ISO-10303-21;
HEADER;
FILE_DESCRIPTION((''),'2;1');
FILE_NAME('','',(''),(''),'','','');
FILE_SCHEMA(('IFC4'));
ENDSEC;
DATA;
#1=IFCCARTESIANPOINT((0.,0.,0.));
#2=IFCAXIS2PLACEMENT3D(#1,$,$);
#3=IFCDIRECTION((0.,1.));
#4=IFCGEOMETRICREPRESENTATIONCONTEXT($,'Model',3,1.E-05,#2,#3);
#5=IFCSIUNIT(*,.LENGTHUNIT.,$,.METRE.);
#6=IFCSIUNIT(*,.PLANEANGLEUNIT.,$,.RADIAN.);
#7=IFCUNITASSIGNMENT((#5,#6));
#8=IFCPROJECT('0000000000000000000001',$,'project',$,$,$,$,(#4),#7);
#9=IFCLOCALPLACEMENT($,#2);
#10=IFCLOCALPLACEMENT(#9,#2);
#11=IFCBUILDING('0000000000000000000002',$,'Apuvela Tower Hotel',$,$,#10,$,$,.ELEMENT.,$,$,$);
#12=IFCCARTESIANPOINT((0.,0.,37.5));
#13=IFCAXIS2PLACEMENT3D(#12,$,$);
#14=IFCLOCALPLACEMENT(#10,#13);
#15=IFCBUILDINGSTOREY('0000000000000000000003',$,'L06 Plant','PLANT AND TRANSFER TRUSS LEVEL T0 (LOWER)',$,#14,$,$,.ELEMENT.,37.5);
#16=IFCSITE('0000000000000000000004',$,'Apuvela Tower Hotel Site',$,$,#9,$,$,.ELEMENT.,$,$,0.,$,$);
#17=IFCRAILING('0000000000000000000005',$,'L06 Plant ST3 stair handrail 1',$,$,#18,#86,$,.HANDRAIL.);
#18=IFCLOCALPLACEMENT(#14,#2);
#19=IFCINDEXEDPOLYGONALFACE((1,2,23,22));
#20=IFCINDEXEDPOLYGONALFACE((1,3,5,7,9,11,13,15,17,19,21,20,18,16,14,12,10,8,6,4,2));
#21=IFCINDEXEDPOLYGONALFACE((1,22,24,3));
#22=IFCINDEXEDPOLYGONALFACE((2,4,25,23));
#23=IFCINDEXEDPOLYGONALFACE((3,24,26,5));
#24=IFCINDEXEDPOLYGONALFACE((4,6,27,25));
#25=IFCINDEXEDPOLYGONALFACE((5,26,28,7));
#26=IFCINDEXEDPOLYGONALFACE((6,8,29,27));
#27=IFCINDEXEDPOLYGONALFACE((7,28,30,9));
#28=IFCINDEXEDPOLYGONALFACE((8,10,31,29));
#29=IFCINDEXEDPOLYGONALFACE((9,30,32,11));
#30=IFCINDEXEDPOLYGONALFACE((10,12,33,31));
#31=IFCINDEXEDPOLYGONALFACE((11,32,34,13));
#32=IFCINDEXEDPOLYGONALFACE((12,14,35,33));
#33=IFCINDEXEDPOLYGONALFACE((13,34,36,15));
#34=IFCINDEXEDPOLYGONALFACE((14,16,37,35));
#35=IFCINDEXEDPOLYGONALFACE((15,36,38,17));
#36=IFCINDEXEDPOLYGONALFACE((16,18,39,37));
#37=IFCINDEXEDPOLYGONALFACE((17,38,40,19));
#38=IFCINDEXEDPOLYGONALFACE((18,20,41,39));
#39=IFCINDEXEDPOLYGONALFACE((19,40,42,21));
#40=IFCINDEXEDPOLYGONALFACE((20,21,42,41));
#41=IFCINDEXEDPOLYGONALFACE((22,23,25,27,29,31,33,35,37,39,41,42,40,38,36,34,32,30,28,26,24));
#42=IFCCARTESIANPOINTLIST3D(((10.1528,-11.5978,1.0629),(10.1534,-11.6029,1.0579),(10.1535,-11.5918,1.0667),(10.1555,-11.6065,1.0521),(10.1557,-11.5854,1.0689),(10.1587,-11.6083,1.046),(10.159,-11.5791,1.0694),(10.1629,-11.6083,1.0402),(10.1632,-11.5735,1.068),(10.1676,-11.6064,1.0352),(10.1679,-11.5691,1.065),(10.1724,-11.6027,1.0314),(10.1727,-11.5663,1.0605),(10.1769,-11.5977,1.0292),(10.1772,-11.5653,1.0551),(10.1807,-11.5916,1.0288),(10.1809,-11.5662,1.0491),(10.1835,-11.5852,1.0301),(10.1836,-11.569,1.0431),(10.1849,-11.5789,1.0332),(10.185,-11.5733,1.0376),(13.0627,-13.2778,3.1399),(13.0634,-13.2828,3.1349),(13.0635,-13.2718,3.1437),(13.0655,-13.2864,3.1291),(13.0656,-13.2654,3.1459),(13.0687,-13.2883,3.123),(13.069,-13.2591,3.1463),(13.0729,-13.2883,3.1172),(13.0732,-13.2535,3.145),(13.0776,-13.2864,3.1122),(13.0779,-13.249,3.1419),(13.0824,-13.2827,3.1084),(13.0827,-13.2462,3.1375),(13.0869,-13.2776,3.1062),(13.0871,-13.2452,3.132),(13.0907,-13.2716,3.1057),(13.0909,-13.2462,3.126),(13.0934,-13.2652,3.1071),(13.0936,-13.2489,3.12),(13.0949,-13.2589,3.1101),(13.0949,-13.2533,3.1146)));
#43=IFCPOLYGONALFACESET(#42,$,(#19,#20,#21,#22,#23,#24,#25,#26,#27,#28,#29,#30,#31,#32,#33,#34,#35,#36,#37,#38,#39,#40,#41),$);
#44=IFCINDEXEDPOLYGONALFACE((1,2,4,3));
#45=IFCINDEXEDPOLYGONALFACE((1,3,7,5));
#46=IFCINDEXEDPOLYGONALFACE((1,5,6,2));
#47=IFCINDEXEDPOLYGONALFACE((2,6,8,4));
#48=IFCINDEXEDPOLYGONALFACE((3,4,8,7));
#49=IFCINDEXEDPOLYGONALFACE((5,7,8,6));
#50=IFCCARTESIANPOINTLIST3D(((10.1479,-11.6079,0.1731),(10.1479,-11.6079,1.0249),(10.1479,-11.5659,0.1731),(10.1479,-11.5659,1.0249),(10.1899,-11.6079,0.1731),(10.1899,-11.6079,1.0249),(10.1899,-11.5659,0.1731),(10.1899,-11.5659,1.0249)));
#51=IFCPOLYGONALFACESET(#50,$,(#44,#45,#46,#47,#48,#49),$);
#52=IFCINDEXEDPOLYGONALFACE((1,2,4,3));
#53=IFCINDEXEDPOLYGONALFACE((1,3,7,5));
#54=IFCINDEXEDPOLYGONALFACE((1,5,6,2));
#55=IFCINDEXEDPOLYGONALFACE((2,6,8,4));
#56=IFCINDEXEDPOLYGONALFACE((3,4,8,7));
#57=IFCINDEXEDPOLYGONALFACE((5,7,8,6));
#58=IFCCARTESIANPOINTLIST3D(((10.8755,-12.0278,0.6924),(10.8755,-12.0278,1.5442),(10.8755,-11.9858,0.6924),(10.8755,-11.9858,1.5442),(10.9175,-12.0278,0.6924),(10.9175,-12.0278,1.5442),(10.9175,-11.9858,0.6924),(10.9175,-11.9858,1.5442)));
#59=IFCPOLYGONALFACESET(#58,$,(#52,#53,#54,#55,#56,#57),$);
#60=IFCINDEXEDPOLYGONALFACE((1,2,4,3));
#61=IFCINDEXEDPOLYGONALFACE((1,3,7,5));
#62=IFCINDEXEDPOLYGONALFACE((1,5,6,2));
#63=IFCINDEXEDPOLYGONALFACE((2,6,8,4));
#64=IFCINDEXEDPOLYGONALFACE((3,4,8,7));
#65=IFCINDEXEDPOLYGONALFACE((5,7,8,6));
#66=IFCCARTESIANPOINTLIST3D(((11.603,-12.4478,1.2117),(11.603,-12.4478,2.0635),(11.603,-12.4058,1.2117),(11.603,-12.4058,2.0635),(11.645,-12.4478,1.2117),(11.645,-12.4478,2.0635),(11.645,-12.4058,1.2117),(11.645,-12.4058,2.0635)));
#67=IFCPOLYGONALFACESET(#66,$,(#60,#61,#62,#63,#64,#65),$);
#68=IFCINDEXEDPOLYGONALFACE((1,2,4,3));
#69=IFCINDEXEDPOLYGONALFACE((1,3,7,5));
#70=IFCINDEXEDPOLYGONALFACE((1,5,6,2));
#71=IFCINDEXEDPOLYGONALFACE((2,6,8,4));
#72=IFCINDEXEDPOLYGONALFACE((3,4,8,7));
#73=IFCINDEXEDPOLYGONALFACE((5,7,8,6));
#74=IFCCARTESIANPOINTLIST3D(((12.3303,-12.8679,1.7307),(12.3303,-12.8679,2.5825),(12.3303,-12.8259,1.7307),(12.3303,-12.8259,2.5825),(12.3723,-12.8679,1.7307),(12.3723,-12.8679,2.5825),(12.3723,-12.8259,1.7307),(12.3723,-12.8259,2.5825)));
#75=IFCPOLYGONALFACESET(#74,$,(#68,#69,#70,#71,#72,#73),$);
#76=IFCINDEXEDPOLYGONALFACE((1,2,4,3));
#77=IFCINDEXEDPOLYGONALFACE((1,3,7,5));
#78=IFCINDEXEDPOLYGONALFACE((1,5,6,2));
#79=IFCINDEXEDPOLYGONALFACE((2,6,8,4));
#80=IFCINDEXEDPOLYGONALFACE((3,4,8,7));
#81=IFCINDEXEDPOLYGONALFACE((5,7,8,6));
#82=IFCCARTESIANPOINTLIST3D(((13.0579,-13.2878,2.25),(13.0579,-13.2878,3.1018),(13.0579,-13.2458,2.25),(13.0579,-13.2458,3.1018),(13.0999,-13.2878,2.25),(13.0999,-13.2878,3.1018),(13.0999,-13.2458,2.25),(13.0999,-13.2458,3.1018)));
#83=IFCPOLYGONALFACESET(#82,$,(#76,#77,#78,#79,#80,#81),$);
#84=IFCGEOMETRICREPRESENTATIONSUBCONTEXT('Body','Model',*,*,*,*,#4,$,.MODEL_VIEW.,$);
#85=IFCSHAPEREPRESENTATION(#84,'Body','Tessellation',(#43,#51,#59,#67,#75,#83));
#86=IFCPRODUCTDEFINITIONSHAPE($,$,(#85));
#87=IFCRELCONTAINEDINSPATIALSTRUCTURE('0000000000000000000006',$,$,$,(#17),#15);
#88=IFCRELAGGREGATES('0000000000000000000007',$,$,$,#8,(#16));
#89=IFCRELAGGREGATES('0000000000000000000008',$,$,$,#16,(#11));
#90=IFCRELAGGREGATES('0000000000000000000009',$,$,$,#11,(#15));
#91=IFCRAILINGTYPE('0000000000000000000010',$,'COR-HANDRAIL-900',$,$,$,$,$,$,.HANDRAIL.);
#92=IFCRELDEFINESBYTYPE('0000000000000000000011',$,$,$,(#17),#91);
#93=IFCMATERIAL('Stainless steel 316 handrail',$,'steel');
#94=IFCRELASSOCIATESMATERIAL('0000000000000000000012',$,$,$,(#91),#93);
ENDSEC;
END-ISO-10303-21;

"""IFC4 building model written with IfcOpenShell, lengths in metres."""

from ifc_helpers import new_model, si_unit, direction, frame, origin, origin_2d, place, context, subcontext, project, spatial, rectangle, circle, extrude, material, type_object, element, save


model = new_model("IFC4")

# Units and contexts
model_context = context("Model", 3, precision=1e-05, world=origin(), true_north=direction((0.0, 1.0)))
body_context = subcontext(model_context, "Body", "Model", "MODEL_VIEW")
ifc_project = project(units=[si_unit("LENGTHUNIT", "METRE"), si_unit("PLANEANGLEUNIT", "RADIAN")], contexts=[model_context])

# Site, building, storey
site_placement = place(None, origin())
site = spatial("IfcSite", under=ifc_project, at=site_placement, Name="Apuvela Tower Hotel Site", CompositionType="ELEMENT", RefElevation=0.0)
building_placement = place(site_placement, origin())
building = spatial("IfcBuilding", under=site, at=building_placement, Name="Apuvela Tower Hotel", CompositionType="ELEMENT")
storey_placement = place(building_placement, frame((0.0, 0.0, 37.5)))
storey = spatial("IfcBuildingStorey", under=building, at=storey_placement, Name="L06 Plant", Description="PLANT AND TRANSFER TRUSS LEVEL T0 (LOWER)", CompositionType="ELEMENT", Elevation=37.5)

# Railing
ifc_material_1 = material(Name="Stainless steel 316 handrail", Category="steel")
railing_type_1 = type_object("IfcRailingType", Name="COR-HANDRAIL-900", PredefinedType="HANDRAIL", material=ifc_material_1)
railing_1_placement = place(storey_placement, frame((10.1689, -11.5869, 0.1731)))
element("IfcRailing", 1, at=railing_1_placement, inside=storey, type_object=railing_type_1, Name="L06 Plant ST3 stair handrail 1", PredefinedType="HANDRAIL", context=body_context, shape_type="SweptSolid", body=[
    extrude(circle(Radius=0.0239, at=origin_2d()), frame((0.0, 0.0, 0.876), z_axis=(0.736668, -0.425288, 0.525785), x_axis=(0.499976, 0.866039, 0.0)), (0.0, 0.0, 1.0), 3.9502),
    extrude(rectangle(XDim=0.042, YDim=0.042, at=origin_2d()), origin(), (0.0, 0.0, 1.0), 0.8518),
    extrude(rectangle(XDim=0.042, YDim=0.042, at=origin_2d()), frame((0.7275, -0.4199, 0.5193)), (0.0, 0.0, 1.0), 0.8518),
    extrude(rectangle(XDim=0.042, YDim=0.042, at=origin_2d()), frame((1.4551, -0.8398, 1.0386)), (0.0, 0.0, 1.0), 0.8518),
    extrude(rectangle(XDim=0.042, YDim=0.042, at=origin_2d()), frame((2.1824, -1.26, 1.5576)), (0.0, 0.0, 1.0), 0.8518),
    extrude(rectangle(XDim=0.042, YDim=0.042, at=origin_2d()), frame((2.9099, -1.6799, 2.0769)), (0.0, 0.0, 1.0), 0.8518),
])

save(model, "model.ifc")
